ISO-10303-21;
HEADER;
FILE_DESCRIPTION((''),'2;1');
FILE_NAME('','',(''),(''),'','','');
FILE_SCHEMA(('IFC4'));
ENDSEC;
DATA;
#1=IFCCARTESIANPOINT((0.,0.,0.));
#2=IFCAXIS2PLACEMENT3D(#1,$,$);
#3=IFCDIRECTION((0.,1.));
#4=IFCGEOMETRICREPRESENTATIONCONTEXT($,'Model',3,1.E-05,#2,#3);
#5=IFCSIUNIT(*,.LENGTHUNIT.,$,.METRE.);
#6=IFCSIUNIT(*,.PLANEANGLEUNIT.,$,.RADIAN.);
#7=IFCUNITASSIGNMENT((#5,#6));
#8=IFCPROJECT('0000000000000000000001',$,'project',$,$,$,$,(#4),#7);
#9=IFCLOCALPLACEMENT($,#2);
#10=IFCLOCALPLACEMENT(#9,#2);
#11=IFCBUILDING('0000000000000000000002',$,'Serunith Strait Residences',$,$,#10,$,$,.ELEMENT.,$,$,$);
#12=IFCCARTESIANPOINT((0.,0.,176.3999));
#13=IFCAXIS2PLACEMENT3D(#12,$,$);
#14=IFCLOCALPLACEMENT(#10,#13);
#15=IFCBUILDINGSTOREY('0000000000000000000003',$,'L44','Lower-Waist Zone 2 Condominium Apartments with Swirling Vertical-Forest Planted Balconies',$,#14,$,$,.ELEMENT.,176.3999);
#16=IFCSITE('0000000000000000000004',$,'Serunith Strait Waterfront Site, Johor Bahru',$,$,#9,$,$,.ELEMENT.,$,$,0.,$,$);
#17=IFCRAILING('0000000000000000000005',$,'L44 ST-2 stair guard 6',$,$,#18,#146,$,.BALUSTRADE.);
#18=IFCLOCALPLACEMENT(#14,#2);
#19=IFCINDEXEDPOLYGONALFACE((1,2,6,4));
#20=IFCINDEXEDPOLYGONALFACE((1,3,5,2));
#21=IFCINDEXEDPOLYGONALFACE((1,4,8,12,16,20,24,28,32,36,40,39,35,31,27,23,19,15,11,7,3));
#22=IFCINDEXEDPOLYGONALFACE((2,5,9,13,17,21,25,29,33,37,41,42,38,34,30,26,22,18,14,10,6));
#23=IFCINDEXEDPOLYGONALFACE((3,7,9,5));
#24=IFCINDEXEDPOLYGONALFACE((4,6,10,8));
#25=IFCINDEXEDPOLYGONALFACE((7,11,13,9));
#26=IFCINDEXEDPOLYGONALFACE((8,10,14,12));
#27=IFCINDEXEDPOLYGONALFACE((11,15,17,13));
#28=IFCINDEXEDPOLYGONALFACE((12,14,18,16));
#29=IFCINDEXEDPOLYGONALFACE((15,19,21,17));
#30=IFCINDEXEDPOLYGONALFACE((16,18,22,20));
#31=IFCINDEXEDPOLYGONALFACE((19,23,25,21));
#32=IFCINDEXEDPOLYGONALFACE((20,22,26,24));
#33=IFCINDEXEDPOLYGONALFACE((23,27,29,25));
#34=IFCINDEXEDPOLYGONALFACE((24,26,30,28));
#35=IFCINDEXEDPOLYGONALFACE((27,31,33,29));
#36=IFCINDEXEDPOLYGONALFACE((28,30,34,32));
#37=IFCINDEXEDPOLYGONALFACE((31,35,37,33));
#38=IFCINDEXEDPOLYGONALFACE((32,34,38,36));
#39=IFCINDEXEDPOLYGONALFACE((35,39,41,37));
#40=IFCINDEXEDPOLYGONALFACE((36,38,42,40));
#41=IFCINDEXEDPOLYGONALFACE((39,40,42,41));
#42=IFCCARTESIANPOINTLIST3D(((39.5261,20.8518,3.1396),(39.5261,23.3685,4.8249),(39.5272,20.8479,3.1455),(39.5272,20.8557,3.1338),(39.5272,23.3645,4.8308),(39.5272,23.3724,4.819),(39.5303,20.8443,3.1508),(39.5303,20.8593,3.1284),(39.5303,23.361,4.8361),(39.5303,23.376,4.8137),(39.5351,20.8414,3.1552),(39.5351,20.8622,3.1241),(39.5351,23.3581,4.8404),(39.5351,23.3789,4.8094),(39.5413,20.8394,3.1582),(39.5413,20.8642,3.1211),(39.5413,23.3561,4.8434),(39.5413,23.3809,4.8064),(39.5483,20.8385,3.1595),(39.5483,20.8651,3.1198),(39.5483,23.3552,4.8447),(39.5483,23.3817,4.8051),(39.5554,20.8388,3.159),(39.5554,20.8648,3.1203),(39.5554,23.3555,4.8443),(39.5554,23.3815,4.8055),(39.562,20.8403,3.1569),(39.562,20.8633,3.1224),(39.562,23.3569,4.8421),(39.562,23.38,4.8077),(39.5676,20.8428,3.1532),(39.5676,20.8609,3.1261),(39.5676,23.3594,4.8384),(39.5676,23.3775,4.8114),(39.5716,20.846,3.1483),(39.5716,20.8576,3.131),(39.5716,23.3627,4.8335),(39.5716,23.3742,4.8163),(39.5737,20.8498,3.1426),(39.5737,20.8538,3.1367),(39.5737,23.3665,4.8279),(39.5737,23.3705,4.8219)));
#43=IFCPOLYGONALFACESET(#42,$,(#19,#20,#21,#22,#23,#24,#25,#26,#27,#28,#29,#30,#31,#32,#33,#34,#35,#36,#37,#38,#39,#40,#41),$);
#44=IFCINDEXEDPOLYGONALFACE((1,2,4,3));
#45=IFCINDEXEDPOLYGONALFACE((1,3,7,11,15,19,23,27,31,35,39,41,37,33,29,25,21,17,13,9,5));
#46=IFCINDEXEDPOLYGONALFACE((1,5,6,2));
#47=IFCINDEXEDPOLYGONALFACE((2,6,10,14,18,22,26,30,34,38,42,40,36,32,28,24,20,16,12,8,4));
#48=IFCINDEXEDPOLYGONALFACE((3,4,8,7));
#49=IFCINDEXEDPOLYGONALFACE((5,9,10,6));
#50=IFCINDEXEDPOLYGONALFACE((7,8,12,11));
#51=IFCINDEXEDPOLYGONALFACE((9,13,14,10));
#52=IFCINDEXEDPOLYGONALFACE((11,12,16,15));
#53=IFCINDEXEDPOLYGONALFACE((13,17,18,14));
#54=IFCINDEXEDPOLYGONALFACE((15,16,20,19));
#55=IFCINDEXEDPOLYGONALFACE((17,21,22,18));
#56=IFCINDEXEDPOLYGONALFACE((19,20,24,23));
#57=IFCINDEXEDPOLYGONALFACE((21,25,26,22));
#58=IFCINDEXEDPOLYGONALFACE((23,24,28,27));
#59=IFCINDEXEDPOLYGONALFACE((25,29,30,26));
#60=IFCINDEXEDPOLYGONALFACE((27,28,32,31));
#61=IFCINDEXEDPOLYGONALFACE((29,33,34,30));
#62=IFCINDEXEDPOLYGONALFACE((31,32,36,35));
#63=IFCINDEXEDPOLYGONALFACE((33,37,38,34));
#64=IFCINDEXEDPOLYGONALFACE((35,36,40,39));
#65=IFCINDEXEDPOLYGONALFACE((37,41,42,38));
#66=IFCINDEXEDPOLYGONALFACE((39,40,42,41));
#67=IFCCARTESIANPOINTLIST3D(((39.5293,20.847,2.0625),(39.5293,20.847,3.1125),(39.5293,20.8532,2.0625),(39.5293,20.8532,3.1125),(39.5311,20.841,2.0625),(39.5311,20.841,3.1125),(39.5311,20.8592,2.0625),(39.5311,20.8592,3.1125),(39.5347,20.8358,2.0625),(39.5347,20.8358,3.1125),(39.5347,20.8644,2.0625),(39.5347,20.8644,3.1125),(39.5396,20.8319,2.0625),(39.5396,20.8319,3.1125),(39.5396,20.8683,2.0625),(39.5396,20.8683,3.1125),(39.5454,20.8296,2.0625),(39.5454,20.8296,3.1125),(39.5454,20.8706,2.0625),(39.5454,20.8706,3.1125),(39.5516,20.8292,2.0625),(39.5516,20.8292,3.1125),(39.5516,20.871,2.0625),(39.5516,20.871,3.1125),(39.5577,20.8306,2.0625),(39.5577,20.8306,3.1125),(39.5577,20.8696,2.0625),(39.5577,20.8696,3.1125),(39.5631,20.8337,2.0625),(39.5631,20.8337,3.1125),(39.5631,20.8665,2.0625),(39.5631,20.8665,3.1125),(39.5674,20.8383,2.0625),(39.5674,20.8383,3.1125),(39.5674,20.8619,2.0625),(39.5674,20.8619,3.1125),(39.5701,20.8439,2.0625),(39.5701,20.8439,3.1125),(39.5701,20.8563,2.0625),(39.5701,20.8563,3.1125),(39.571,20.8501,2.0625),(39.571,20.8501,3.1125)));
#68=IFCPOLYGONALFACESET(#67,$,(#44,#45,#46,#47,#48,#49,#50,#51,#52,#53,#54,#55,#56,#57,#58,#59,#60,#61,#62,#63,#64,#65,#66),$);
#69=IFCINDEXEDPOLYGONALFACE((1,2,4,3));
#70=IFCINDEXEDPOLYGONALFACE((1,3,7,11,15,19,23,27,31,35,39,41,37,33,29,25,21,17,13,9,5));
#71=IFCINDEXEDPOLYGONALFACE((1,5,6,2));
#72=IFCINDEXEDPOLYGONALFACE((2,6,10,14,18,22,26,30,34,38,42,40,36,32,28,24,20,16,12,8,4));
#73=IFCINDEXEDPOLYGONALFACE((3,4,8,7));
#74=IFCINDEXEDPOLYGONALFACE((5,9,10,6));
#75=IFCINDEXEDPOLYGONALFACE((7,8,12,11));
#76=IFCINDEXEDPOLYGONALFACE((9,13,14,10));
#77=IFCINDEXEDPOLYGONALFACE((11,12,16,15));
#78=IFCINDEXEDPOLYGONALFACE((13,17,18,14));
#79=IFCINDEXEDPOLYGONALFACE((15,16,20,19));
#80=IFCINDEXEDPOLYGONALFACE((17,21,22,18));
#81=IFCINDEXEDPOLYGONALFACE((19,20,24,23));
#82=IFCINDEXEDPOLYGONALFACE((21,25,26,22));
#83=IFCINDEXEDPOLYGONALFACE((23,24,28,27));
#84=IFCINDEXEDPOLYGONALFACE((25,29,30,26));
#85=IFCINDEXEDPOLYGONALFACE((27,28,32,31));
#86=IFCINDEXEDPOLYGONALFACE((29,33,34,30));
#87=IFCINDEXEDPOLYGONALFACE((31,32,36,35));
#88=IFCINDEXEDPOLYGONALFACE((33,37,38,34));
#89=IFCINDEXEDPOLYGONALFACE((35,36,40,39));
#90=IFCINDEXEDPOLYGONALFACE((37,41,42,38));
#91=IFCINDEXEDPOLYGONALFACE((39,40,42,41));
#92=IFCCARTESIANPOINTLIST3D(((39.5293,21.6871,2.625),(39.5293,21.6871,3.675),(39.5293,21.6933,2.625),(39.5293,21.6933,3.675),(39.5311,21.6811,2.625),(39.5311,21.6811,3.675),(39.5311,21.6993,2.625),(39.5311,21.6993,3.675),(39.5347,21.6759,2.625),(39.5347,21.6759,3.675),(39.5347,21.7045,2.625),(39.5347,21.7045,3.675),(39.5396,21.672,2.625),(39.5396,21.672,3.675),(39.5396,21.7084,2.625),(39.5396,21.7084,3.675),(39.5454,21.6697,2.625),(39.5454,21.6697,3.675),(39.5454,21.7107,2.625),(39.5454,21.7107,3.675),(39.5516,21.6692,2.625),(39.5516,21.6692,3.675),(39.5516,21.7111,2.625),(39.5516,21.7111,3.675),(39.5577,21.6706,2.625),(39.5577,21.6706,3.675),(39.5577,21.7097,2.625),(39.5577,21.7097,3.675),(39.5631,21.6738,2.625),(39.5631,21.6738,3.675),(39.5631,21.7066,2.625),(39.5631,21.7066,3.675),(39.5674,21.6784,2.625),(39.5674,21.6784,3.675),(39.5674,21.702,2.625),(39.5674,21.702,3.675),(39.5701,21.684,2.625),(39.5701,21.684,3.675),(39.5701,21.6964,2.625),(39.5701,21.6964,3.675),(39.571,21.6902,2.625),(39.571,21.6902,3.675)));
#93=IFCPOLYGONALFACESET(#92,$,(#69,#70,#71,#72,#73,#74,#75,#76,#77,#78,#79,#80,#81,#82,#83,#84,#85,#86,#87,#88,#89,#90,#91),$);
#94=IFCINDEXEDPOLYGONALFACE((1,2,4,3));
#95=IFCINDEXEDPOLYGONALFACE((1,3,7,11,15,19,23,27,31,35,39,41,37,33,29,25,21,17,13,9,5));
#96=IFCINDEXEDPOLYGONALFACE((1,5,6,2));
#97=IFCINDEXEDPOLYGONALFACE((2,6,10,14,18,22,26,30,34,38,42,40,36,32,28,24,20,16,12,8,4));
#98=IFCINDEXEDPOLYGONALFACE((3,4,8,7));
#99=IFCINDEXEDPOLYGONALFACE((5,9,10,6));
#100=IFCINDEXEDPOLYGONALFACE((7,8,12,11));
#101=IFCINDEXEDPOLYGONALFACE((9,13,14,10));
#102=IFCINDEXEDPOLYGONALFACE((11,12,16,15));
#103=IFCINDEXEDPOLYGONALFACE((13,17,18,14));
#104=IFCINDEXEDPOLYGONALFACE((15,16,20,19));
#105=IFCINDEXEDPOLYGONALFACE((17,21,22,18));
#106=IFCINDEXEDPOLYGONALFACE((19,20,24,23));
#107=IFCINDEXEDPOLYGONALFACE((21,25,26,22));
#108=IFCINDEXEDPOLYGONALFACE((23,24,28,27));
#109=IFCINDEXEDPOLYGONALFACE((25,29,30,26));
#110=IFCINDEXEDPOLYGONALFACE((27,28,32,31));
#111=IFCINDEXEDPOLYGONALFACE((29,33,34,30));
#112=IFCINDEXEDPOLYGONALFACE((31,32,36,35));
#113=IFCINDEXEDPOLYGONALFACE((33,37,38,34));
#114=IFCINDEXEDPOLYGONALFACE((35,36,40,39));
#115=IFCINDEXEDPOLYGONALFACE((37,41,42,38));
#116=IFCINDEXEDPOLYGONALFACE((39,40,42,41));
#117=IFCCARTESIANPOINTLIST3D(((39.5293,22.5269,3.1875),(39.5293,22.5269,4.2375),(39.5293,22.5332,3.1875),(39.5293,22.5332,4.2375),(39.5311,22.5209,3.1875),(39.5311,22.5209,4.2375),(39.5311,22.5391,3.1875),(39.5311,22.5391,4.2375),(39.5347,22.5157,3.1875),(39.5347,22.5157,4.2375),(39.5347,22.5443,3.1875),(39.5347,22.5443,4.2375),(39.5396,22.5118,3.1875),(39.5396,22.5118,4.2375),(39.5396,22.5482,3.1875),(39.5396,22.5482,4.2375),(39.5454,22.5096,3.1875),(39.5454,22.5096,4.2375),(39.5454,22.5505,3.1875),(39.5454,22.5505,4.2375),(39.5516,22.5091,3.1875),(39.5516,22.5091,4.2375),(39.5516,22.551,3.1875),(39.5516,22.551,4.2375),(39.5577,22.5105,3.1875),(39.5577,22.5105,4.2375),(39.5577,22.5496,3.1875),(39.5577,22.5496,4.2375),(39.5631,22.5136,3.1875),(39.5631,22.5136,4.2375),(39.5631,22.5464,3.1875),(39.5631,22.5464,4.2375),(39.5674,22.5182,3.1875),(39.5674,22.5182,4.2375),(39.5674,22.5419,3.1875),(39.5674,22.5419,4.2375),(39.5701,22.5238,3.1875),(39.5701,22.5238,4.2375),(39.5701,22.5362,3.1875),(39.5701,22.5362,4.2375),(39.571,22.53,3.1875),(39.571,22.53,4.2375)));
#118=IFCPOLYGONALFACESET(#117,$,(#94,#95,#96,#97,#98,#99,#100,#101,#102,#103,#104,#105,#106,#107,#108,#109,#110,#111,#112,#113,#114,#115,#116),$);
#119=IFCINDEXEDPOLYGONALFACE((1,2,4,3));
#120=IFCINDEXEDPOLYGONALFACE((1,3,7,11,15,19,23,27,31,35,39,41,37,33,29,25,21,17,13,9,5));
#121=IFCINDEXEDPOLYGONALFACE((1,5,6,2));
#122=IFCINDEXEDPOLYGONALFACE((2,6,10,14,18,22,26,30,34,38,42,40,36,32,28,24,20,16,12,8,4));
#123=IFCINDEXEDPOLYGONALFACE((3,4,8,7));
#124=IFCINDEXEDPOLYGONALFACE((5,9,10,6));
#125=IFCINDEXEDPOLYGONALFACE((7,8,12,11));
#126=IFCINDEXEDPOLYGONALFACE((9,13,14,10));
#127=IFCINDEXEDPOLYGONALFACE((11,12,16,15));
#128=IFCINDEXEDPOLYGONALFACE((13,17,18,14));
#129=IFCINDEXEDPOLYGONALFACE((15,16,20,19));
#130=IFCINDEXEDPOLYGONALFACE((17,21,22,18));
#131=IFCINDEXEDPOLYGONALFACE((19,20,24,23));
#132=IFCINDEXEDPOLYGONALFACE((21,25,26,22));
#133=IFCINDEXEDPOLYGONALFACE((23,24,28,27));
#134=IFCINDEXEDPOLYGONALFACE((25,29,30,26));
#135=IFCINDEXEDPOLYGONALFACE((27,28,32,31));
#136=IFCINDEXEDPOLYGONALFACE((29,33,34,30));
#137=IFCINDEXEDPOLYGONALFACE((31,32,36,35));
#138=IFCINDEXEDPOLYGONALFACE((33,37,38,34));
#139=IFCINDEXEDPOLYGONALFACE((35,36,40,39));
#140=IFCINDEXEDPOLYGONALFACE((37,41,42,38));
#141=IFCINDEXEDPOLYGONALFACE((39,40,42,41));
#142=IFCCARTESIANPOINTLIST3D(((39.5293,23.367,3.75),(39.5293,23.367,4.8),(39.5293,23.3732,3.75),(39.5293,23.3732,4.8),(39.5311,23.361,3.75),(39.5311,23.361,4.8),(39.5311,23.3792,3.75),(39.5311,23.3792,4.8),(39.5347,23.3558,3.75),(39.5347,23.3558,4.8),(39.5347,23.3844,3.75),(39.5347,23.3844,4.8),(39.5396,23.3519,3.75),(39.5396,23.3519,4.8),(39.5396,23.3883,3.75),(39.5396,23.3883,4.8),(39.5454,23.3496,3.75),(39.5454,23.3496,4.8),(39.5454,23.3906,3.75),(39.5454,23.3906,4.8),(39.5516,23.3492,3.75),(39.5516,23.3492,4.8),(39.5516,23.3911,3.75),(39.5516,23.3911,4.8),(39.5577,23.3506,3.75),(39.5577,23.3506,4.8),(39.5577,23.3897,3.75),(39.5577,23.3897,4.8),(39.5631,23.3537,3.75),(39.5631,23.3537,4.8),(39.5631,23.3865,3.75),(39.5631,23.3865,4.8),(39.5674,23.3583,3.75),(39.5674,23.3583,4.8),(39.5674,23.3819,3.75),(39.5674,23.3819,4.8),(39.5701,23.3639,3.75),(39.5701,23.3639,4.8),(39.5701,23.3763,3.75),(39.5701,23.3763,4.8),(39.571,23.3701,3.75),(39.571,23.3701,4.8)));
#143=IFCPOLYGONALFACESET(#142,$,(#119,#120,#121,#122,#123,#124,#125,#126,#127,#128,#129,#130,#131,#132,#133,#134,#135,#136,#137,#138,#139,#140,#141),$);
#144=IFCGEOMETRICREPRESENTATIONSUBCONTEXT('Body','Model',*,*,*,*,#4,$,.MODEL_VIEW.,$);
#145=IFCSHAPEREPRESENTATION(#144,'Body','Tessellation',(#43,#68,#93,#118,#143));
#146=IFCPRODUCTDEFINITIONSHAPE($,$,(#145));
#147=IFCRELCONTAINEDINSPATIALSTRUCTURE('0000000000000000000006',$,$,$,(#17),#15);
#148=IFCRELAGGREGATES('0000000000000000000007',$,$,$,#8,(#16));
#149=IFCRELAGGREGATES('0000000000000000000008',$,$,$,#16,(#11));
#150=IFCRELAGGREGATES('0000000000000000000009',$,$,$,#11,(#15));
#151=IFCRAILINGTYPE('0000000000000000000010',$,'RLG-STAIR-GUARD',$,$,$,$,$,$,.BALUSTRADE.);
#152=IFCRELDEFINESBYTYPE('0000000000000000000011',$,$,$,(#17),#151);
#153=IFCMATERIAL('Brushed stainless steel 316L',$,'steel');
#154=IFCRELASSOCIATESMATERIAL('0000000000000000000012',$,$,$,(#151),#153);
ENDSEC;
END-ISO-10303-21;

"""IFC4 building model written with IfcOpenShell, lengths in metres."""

from ifc_helpers import new_model, si_unit, direction, frame, origin, origin_2d, place, context, subcontext, project, spatial, circle, extrude, material, type_object, element, save


model = new_model("IFC4")

# Units and contexts
model_context = context("Model", 3, precision=1e-05, world=origin(), true_north=direction((0.0, 1.0)))
body_context = subcontext(model_context, "Body", "Model", "MODEL_VIEW")
ifc_project = project(units=[si_unit("LENGTHUNIT", "METRE"), si_unit("PLANEANGLEUNIT", "RADIAN")], contexts=[model_context])

# Site, building, storey
site_placement = place(None, origin())
site = spatial("IfcSite", under=ifc_project, at=site_placement, Name="Serunith Strait Waterfront Site, Johor Bahru", CompositionType="ELEMENT", RefElevation=0.0)
building_placement = place(site_placement, origin())
building = spatial("IfcBuilding", under=site, at=building_placement, Name="Serunith Strait Residences", CompositionType="ELEMENT")
storey_placement = place(building_placement, frame((0.0, 0.0, 176.3999)))
storey = spatial("IfcBuildingStorey", under=building, at=storey_placement, Name="L44", Description="Lower-Waist Zone 2 Condominium Apartments with Swirling Vertical-Forest Planted Balconies", CompositionType="ELEMENT", Elevation=176.3999)

# Railing
ifc_material_1 = material(Name="Brushed stainless steel 316L", Category="steel")
railing_type_1 = type_object("IfcRailingType", Name="RLG-STAIR-GUARD", PredefinedType="BALUSTRADE", material=ifc_material_1)
railing_1_placement = place(storey_placement, frame((39.55, 20.8501, 2.0625)))
element("IfcRailing", 1, at=railing_1_placement, inside=storey, type_object=railing_type_1, Name="L44 ST-2 stair guard 6", PredefinedType="BALUSTRADE", context=body_context, shape_type="SweptSolid", body=[
    extrude(circle(Radius=0.0239, at=origin_2d()), frame((0.0, 0.0017, 1.0771), z_axis=(0.0, 0.830909, 0.556408), x_axis=(-1.0, 0.0, 0.0)), (0.0, 0.0, 1.0), 3.0288),
    extrude(circle(Radius=0.021, at=origin_2d()), origin(), (0.0, 0.0, 1.0), 1.05),
    extrude(circle(Radius=0.021, at=origin_2d()), frame((0.0, 0.8401, 0.5625)), (0.0, 0.0, 1.0), 1.05),
    extrude(circle(Radius=0.021, at=origin_2d()), frame((0.0, 1.6799, 1.125)), (0.0, 0.0, 1.0), 1.05),
    extrude(circle(Radius=0.021, at=origin_2d()), frame((0.0, 2.52, 1.6875)), (0.0, 0.0, 1.0), 1.05),
])

save(model, "model.ifc")
